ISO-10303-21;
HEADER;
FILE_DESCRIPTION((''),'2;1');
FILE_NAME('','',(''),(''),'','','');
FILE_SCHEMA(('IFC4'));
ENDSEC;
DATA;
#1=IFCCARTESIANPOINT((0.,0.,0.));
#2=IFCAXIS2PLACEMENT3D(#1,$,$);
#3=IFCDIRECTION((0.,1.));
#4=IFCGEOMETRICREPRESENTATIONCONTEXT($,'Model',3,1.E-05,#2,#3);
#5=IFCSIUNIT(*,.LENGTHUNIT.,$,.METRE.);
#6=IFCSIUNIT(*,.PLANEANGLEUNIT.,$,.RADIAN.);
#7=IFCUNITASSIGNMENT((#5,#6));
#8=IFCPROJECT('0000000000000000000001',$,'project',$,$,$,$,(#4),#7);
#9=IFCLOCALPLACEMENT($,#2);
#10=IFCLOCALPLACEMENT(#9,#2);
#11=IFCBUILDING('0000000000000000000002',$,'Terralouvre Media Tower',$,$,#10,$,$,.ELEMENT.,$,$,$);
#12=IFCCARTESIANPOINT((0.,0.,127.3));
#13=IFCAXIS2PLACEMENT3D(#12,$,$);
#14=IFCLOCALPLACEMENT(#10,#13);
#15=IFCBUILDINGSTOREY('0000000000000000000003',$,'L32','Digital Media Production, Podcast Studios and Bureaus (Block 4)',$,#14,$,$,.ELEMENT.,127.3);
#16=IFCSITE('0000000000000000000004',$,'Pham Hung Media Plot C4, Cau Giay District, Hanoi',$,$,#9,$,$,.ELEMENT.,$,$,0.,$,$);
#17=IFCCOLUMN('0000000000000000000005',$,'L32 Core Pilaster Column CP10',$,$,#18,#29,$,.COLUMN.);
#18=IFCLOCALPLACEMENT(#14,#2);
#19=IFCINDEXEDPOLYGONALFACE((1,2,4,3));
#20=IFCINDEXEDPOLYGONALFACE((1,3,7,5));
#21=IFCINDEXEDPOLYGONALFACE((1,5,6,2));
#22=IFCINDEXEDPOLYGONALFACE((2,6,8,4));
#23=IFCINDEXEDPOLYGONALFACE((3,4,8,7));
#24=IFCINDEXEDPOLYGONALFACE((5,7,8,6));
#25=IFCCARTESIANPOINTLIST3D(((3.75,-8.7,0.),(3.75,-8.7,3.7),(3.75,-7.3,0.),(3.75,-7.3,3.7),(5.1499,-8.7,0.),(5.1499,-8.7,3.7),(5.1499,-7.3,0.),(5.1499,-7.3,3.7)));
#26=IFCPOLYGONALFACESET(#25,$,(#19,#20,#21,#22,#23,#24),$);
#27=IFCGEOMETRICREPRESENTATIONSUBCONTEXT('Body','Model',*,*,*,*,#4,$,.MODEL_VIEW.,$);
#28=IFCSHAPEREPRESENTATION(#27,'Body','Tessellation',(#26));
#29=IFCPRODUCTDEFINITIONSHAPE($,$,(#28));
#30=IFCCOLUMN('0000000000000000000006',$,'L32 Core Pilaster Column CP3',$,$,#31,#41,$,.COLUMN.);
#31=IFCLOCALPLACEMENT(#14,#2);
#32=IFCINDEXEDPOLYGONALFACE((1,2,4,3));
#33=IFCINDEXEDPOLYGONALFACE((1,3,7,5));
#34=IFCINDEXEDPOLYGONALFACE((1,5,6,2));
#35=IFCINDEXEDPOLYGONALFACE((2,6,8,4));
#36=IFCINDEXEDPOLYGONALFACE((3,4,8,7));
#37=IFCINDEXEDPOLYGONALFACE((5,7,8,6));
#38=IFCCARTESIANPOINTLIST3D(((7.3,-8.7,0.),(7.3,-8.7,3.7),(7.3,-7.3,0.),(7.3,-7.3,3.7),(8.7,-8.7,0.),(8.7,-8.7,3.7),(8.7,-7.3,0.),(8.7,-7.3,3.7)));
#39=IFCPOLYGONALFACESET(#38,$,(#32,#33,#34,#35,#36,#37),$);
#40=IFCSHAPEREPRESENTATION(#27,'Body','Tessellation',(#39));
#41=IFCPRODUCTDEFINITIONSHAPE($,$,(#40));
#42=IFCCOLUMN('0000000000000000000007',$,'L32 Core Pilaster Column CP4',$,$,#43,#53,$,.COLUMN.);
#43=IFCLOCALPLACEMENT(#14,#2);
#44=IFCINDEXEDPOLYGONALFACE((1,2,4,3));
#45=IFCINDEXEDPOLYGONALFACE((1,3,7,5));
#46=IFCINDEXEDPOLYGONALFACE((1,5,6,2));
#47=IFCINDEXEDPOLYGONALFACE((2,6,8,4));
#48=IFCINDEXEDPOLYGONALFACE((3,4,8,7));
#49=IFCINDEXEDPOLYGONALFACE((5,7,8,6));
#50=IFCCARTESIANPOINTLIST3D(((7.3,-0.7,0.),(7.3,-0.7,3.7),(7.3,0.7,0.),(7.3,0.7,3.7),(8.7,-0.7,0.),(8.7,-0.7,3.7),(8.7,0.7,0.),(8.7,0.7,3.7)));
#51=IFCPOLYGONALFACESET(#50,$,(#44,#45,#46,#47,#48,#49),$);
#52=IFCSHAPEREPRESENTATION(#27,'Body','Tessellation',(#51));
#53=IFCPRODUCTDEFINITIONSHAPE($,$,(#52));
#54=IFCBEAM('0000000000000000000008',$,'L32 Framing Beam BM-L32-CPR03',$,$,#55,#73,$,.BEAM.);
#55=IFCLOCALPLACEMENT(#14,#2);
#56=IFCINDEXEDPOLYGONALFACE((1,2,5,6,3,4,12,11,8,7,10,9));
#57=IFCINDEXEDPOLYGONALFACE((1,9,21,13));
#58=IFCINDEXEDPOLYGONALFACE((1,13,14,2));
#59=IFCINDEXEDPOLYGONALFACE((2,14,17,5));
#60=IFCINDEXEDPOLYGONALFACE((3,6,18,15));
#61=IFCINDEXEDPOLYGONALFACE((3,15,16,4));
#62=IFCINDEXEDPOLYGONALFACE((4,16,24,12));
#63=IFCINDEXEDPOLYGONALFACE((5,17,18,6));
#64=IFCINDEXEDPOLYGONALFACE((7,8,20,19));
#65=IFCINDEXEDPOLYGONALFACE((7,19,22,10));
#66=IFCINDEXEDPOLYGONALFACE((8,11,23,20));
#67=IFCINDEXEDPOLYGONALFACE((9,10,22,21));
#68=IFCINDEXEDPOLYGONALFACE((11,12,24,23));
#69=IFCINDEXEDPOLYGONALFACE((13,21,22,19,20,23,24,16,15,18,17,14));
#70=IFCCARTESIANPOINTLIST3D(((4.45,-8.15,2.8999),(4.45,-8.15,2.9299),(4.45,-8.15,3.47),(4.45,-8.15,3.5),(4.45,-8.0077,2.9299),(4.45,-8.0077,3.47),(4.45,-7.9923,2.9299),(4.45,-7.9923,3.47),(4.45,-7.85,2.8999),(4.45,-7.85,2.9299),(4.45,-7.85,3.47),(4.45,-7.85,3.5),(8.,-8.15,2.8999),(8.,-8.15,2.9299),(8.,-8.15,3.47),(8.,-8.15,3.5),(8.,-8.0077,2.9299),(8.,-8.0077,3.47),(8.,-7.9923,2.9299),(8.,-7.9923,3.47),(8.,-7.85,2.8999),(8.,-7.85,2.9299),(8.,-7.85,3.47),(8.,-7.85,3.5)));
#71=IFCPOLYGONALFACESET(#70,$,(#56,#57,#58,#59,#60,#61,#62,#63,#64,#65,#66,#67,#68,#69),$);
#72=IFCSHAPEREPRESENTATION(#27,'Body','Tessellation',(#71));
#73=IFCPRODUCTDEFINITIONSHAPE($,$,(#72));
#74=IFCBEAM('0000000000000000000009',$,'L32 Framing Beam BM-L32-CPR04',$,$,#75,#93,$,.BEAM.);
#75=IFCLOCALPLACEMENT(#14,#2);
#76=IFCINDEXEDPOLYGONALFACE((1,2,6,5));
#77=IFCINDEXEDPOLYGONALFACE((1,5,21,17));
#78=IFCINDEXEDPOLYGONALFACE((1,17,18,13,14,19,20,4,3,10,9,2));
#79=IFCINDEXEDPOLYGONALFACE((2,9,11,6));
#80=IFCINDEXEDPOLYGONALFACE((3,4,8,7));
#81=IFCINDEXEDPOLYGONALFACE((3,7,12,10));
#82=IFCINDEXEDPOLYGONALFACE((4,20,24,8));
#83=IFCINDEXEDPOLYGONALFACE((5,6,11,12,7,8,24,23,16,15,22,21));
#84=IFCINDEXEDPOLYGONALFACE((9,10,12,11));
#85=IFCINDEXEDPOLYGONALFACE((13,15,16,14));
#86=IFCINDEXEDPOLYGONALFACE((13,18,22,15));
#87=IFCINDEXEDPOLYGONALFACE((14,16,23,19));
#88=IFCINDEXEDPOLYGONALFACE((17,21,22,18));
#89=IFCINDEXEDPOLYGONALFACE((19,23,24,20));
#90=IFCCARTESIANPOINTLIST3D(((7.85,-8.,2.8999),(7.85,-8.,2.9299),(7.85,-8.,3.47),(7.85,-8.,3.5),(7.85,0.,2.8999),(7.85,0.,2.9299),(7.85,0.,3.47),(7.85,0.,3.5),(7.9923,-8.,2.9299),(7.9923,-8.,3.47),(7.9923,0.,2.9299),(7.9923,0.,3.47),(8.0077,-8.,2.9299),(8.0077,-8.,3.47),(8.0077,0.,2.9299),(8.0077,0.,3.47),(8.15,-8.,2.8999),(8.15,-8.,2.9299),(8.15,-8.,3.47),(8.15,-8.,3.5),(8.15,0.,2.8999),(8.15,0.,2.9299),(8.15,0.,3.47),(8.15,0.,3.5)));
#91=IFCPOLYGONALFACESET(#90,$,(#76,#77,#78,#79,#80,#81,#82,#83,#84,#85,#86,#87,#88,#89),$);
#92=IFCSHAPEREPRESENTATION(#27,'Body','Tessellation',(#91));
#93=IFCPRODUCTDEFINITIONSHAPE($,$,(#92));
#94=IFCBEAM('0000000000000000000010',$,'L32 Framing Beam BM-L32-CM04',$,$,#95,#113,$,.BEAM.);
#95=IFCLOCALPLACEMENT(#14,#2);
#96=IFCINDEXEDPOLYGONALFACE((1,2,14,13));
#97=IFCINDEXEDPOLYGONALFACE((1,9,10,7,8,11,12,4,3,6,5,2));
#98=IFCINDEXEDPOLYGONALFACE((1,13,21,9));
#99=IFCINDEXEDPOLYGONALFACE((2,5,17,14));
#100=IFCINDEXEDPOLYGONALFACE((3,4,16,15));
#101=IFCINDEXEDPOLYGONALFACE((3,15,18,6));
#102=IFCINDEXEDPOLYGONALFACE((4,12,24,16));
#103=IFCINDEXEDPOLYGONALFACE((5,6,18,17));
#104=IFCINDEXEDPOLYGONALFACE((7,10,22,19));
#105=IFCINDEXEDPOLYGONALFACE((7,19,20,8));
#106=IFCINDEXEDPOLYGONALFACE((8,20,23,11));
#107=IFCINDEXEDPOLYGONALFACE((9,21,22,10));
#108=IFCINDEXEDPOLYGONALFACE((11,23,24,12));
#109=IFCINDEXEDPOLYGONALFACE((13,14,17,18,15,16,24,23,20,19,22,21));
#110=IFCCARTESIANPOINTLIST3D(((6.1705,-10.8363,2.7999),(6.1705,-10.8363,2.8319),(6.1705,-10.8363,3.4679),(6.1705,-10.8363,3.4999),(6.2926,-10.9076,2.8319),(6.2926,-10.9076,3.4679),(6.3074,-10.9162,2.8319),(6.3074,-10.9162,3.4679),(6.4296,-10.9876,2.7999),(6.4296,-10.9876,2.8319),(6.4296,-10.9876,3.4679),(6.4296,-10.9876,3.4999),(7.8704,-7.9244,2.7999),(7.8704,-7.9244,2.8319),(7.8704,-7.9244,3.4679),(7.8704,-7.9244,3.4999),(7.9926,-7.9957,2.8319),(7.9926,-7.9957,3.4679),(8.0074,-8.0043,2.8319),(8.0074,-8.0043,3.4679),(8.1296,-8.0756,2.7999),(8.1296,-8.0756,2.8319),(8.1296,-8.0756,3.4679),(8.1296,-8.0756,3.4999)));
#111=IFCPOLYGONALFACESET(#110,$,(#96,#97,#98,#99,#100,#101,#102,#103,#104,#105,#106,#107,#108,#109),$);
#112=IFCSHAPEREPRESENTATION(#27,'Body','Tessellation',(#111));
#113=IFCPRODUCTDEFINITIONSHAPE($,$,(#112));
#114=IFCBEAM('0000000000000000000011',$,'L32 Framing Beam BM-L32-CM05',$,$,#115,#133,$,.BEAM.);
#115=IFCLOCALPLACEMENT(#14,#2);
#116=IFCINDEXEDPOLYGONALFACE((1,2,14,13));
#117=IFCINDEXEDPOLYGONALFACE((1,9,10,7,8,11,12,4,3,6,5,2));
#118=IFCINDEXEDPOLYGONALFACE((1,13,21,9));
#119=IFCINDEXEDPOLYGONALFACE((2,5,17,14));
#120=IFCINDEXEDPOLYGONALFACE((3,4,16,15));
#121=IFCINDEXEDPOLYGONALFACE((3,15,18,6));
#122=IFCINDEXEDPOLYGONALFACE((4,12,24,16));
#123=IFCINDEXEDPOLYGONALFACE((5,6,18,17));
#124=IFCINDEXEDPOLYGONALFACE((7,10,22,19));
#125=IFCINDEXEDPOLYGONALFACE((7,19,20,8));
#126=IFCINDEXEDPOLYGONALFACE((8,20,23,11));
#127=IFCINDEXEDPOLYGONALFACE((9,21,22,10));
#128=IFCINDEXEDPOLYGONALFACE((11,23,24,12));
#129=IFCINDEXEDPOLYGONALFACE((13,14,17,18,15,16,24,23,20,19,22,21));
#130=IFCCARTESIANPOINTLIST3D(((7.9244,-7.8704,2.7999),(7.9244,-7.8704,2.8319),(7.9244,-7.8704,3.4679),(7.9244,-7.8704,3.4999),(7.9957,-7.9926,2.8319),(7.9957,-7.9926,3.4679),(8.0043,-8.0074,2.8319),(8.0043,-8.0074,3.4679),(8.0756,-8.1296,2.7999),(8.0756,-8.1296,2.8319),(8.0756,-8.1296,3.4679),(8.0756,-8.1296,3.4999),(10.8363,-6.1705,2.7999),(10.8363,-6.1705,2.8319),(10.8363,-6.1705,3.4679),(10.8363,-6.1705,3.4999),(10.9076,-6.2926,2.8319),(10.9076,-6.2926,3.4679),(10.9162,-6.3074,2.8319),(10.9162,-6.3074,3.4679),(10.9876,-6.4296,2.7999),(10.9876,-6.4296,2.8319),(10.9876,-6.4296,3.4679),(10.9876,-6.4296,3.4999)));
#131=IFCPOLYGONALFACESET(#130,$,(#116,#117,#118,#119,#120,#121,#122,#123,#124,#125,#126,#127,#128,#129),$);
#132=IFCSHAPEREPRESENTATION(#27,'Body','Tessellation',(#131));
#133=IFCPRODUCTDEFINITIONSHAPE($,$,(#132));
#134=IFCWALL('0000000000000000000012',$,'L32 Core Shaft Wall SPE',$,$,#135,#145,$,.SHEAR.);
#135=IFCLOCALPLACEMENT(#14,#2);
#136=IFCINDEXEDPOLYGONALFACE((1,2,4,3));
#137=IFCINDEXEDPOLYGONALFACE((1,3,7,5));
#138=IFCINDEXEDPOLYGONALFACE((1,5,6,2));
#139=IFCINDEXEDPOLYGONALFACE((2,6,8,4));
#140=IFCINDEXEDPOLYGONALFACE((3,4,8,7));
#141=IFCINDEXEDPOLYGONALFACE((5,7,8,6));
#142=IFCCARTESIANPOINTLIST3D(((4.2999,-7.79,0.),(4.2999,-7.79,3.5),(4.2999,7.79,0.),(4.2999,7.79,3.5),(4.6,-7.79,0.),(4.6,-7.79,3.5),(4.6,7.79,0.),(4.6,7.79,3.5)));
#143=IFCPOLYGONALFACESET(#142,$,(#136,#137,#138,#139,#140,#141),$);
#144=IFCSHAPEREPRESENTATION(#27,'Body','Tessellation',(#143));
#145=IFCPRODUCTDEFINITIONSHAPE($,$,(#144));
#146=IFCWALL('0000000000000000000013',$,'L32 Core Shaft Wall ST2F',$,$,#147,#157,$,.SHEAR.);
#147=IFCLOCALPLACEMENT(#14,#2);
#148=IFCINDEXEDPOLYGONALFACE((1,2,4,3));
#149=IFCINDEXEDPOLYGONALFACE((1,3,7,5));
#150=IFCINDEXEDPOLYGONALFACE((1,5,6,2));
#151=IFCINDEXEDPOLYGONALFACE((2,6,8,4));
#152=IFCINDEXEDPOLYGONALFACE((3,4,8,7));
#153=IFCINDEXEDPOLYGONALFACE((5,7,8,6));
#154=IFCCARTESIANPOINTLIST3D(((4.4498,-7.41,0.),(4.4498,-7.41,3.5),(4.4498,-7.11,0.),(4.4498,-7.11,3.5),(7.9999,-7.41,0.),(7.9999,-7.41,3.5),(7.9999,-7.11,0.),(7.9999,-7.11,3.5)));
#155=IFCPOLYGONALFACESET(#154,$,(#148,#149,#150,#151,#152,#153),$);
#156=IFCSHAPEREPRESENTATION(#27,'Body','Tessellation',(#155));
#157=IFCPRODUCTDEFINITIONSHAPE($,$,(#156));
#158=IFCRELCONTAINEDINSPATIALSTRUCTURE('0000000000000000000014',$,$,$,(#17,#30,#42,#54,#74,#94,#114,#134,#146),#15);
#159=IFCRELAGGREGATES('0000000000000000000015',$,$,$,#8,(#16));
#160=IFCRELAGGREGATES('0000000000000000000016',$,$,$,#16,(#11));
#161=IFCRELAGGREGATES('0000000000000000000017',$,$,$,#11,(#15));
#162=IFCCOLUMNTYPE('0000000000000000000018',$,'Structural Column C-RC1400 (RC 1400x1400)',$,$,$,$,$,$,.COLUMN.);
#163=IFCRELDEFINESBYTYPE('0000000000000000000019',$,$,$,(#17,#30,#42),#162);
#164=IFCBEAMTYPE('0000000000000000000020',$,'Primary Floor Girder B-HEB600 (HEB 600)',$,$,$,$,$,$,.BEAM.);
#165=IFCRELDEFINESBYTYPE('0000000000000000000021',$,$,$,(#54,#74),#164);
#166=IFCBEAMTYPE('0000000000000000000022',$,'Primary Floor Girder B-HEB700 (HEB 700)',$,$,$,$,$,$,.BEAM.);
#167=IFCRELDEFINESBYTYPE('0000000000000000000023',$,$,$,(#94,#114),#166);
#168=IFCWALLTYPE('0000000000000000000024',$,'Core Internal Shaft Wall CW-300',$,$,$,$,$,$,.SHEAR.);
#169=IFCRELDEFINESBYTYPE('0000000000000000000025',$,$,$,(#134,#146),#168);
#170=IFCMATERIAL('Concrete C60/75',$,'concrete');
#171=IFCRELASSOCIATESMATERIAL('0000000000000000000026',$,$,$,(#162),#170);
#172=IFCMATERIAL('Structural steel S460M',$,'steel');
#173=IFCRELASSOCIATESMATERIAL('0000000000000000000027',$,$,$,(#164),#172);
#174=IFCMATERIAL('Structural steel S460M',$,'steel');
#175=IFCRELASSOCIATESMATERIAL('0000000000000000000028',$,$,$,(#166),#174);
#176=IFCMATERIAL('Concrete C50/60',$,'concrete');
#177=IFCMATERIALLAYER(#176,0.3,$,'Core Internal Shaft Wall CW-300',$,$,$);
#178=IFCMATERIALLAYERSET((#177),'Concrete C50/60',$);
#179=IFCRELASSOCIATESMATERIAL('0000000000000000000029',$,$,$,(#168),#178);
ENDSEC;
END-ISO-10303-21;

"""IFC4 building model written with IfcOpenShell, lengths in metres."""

from ifc_helpers import new_model, si_unit, direction, frame, frame_2d, origin, origin_2d, place, context, subcontext, project, spatial, rectangle, i_section, extrude, material, layer, layer_set, material_profile, profile_set, type_object, element, save


model = new_model("IFC4")

# Units and contexts
model_context = context("Model", 3, precision=1e-05, world=origin(), true_north=direction((0.0, 1.0)))
body_context = subcontext(model_context, "Body", "Model", "MODEL_VIEW")
ifc_project = project(units=[si_unit("LENGTHUNIT", "METRE"), si_unit("PLANEANGLEUNIT", "RADIAN")], contexts=[model_context])

# Site, building, storey
site_placement = place(None, origin())
site = spatial("IfcSite", under=ifc_project, at=site_placement, Name="Pham Hung Media Plot C4, Cau Giay District, Hanoi", CompositionType="ELEMENT", RefElevation=0.0)
building_placement = place(site_placement, origin())
building = spatial("IfcBuilding", under=site, at=building_placement, Name="Terralouvre Media Tower", CompositionType="ELEMENT")
storey_placement = place(building_placement, frame((0.0, 0.0, 127.3)))
storey = spatial("IfcBuildingStorey", under=building, at=storey_placement, Name="L32", Description="Digital Media Production, Podcast Studios and Bureaus (Block 4)", CompositionType="ELEMENT", Elevation=127.3)

# Columns
ifc_material_1 = material(Name="Concrete C60/75", Category="concrete")
ifc_material_profile_1 = material_profile(ifc_material_1, rectangle(XDim=1.3999, YDim=1.3999, at=origin_2d()), Name="RC 1400x1400")
ifc_profile_set_1 = profile_set([ifc_material_profile_1], Name="Concrete C60/75")
column_type = type_object("IfcColumnType", Name="Structural Column C-RC1400 (RC 1400x1400)", PredefinedType="COLUMN", material=ifc_profile_set_1)
for number, where, z_axis, x_axis, name in (
    (1, (4.45, -8.0, 0.0), (0.0, 0.0, 1.0), (1.0, 0.0, 0.0), "L32 Core Pilaster Column CP10"),
    (2, (8.0, -8.0, 0.0), (0.0, 0.0, 1.0), (1.0, 0.0, 0.0), "L32 Core Pilaster Column CP3"),
    (3, (8.0, 0.0, 0.0), (0.0, 0.0, 1.0), (1.0, 0.0, 0.0), "L32 Core Pilaster Column CP4"),
):
    element("IfcColumn", number, at=place(storey_placement, frame(where, z_axis=z_axis, x_axis=x_axis)), inside=storey, type_object=column_type, Name=name, PredefinedType="COLUMN", context=body_context, shape_type="SweptSolid", body=[
        extrude(rectangle(XDim=1.3999, YDim=1.3999, at=origin_2d()), origin(), (0.0, 0.0, 1.0), 3.7),
    ])

# Beams
ifc_material_2 = material(Name="Structural steel S460M", Category="steel")
ifc_material_profile_2 = material_profile(ifc_material_2, i_section(OverallWidth=0.3, OverallDepth=0.6001, WebThickness=0.0154, FlangeThickness=0.03, at=origin_2d()), Name="HEB 600")
ifc_profile_set_2 = profile_set([ifc_material_profile_2], Name="Structural steel S460M")
beam_type_1 = type_object("IfcBeamType", Name="Primary Floor Girder B-HEB600 (HEB 600)", PredefinedType="BEAM", material=ifc_profile_set_2)
beam_1_placement = place(storey_placement, frame((4.45, -8.0, 3.2), z_axis=(1.0, 0.0, 0.0), x_axis=(0.0, 1.0, 0.0)))
element("IfcBeam", 4, at=beam_1_placement, inside=storey, type_object=beam_type_1, Name="L32 Framing Beam BM-L32-CPR03", PredefinedType="BEAM", context=body_context, shape_type="SweptSolid", body=[
    extrude(i_section(OverallWidth=0.3, OverallDepth=0.6001, WebThickness=0.0154, FlangeThickness=0.03, at=origin_2d()), origin(), (0.0, 0.0, 1.0), 3.55),
])
beam_2_placement = place(storey_placement, frame((8.0, -8.0, 3.2), z_axis=(0.0, 1.0, 0.0), x_axis=(-1.0, 0.0, 0.0)))
element("IfcBeam", 5, at=beam_2_placement, inside=storey, type_object=beam_type_1, Name="L32 Framing Beam BM-L32-CPR04", PredefinedType="BEAM", context=body_context, shape_type="SweptSolid", body=[
    extrude(i_section(OverallWidth=0.3, OverallDepth=0.6001, WebThickness=0.0154, FlangeThickness=0.03, at=origin_2d()), origin(), (0.0, 0.0, 1.0), 8.0),
])
ifc_material_3 = material(Name="Structural steel S460M", Category="steel")
ifc_material_profile_3 = material_profile(ifc_material_3, i_section(OverallWidth=0.3, OverallDepth=0.7, WebThickness=0.0171, FlangeThickness=0.032, at=origin_2d()), Name="HEB 700")
ifc_profile_set_3 = profile_set([ifc_material_profile_3], Name="Structural steel S460M")
beam_type_2 = type_object("IfcBeamType", Name="Primary Floor Girder B-HEB700 (HEB 700)", PredefinedType="BEAM", material=ifc_profile_set_3)
for number, where, z_axis, x_axis, name in (
    (6, (8.0, -8.0, 3.1499), (-0.504173, -0.863603, 0.0), (0.863603, -0.504173, 0.0), "L32 Framing Beam BM-L32-CM04"),
    (7, (8.0, -8.0, 3.1499), (0.863603, 0.504173, 0.0), (-0.504173, 0.863603, 0.0), "L32 Framing Beam BM-L32-CM05"),
):
    element("IfcBeam", number, at=place(storey_placement, frame(where, z_axis=z_axis, x_axis=x_axis)), inside=storey, type_object=beam_type_2, Name=name, PredefinedType="BEAM", context=body_context, shape_type="SweptSolid", body=[
        extrude(i_section(OverallWidth=0.3, OverallDepth=0.7, WebThickness=0.0171, FlangeThickness=0.032, at=origin_2d()), origin(), (0.0, 0.0, 1.0), 3.3718),
    ])

# Wall
ifc_material_4 = material(Name="Concrete C50/60", Category="concrete")
ifc_layer_1 = layer(ifc_material_4, 0.3, Name="Core Internal Shaft Wall CW-300")
ifc_layer_set_1 = layer_set([ifc_layer_1], Name="Concrete C50/60")
wall_type_1 = type_object("IfcWallType", Name="Core Internal Shaft Wall CW-300", PredefinedType="SHEAR", material=ifc_layer_set_1)
wall_1_placement = place(storey_placement, frame((4.45, -7.79, 0.0), z_axis=(0.0, 0.0, 1.0), x_axis=(0.0, 1.0, 0.0)))
element("IfcWall", 8, at=wall_1_placement, inside=storey, type_object=wall_type_1, Name="L32 Core Shaft Wall SPE", PredefinedType="SHEAR", context=body_context, shape_type="SweptSolid", body=[
    extrude(rectangle(XDim=15.5801, YDim=0.3, at=frame_2d((7.79, 0.0))), origin(), (0.0, 0.0, 1.0), 3.5),
])

# Wall
wall_2_placement = place(storey_placement, frame((4.45, -7.26, 0.0), z_axis=(0.0, 0.0, 1.0), x_axis=(1.0, 0.0, 0.0)))
element("IfcWall", 9, at=wall_2_placement, inside=storey, type_object=wall_type_1, Name="L32 Core Shaft Wall ST2F", PredefinedType="SHEAR", context=body_context, shape_type="SweptSolid", body=[
    extrude(rectangle(XDim=3.55, YDim=0.3, at=frame_2d((1.7749, 0.0))), origin(), (0.0, 0.0, 1.0), 3.5),
])

save(model, "model.ifc")
